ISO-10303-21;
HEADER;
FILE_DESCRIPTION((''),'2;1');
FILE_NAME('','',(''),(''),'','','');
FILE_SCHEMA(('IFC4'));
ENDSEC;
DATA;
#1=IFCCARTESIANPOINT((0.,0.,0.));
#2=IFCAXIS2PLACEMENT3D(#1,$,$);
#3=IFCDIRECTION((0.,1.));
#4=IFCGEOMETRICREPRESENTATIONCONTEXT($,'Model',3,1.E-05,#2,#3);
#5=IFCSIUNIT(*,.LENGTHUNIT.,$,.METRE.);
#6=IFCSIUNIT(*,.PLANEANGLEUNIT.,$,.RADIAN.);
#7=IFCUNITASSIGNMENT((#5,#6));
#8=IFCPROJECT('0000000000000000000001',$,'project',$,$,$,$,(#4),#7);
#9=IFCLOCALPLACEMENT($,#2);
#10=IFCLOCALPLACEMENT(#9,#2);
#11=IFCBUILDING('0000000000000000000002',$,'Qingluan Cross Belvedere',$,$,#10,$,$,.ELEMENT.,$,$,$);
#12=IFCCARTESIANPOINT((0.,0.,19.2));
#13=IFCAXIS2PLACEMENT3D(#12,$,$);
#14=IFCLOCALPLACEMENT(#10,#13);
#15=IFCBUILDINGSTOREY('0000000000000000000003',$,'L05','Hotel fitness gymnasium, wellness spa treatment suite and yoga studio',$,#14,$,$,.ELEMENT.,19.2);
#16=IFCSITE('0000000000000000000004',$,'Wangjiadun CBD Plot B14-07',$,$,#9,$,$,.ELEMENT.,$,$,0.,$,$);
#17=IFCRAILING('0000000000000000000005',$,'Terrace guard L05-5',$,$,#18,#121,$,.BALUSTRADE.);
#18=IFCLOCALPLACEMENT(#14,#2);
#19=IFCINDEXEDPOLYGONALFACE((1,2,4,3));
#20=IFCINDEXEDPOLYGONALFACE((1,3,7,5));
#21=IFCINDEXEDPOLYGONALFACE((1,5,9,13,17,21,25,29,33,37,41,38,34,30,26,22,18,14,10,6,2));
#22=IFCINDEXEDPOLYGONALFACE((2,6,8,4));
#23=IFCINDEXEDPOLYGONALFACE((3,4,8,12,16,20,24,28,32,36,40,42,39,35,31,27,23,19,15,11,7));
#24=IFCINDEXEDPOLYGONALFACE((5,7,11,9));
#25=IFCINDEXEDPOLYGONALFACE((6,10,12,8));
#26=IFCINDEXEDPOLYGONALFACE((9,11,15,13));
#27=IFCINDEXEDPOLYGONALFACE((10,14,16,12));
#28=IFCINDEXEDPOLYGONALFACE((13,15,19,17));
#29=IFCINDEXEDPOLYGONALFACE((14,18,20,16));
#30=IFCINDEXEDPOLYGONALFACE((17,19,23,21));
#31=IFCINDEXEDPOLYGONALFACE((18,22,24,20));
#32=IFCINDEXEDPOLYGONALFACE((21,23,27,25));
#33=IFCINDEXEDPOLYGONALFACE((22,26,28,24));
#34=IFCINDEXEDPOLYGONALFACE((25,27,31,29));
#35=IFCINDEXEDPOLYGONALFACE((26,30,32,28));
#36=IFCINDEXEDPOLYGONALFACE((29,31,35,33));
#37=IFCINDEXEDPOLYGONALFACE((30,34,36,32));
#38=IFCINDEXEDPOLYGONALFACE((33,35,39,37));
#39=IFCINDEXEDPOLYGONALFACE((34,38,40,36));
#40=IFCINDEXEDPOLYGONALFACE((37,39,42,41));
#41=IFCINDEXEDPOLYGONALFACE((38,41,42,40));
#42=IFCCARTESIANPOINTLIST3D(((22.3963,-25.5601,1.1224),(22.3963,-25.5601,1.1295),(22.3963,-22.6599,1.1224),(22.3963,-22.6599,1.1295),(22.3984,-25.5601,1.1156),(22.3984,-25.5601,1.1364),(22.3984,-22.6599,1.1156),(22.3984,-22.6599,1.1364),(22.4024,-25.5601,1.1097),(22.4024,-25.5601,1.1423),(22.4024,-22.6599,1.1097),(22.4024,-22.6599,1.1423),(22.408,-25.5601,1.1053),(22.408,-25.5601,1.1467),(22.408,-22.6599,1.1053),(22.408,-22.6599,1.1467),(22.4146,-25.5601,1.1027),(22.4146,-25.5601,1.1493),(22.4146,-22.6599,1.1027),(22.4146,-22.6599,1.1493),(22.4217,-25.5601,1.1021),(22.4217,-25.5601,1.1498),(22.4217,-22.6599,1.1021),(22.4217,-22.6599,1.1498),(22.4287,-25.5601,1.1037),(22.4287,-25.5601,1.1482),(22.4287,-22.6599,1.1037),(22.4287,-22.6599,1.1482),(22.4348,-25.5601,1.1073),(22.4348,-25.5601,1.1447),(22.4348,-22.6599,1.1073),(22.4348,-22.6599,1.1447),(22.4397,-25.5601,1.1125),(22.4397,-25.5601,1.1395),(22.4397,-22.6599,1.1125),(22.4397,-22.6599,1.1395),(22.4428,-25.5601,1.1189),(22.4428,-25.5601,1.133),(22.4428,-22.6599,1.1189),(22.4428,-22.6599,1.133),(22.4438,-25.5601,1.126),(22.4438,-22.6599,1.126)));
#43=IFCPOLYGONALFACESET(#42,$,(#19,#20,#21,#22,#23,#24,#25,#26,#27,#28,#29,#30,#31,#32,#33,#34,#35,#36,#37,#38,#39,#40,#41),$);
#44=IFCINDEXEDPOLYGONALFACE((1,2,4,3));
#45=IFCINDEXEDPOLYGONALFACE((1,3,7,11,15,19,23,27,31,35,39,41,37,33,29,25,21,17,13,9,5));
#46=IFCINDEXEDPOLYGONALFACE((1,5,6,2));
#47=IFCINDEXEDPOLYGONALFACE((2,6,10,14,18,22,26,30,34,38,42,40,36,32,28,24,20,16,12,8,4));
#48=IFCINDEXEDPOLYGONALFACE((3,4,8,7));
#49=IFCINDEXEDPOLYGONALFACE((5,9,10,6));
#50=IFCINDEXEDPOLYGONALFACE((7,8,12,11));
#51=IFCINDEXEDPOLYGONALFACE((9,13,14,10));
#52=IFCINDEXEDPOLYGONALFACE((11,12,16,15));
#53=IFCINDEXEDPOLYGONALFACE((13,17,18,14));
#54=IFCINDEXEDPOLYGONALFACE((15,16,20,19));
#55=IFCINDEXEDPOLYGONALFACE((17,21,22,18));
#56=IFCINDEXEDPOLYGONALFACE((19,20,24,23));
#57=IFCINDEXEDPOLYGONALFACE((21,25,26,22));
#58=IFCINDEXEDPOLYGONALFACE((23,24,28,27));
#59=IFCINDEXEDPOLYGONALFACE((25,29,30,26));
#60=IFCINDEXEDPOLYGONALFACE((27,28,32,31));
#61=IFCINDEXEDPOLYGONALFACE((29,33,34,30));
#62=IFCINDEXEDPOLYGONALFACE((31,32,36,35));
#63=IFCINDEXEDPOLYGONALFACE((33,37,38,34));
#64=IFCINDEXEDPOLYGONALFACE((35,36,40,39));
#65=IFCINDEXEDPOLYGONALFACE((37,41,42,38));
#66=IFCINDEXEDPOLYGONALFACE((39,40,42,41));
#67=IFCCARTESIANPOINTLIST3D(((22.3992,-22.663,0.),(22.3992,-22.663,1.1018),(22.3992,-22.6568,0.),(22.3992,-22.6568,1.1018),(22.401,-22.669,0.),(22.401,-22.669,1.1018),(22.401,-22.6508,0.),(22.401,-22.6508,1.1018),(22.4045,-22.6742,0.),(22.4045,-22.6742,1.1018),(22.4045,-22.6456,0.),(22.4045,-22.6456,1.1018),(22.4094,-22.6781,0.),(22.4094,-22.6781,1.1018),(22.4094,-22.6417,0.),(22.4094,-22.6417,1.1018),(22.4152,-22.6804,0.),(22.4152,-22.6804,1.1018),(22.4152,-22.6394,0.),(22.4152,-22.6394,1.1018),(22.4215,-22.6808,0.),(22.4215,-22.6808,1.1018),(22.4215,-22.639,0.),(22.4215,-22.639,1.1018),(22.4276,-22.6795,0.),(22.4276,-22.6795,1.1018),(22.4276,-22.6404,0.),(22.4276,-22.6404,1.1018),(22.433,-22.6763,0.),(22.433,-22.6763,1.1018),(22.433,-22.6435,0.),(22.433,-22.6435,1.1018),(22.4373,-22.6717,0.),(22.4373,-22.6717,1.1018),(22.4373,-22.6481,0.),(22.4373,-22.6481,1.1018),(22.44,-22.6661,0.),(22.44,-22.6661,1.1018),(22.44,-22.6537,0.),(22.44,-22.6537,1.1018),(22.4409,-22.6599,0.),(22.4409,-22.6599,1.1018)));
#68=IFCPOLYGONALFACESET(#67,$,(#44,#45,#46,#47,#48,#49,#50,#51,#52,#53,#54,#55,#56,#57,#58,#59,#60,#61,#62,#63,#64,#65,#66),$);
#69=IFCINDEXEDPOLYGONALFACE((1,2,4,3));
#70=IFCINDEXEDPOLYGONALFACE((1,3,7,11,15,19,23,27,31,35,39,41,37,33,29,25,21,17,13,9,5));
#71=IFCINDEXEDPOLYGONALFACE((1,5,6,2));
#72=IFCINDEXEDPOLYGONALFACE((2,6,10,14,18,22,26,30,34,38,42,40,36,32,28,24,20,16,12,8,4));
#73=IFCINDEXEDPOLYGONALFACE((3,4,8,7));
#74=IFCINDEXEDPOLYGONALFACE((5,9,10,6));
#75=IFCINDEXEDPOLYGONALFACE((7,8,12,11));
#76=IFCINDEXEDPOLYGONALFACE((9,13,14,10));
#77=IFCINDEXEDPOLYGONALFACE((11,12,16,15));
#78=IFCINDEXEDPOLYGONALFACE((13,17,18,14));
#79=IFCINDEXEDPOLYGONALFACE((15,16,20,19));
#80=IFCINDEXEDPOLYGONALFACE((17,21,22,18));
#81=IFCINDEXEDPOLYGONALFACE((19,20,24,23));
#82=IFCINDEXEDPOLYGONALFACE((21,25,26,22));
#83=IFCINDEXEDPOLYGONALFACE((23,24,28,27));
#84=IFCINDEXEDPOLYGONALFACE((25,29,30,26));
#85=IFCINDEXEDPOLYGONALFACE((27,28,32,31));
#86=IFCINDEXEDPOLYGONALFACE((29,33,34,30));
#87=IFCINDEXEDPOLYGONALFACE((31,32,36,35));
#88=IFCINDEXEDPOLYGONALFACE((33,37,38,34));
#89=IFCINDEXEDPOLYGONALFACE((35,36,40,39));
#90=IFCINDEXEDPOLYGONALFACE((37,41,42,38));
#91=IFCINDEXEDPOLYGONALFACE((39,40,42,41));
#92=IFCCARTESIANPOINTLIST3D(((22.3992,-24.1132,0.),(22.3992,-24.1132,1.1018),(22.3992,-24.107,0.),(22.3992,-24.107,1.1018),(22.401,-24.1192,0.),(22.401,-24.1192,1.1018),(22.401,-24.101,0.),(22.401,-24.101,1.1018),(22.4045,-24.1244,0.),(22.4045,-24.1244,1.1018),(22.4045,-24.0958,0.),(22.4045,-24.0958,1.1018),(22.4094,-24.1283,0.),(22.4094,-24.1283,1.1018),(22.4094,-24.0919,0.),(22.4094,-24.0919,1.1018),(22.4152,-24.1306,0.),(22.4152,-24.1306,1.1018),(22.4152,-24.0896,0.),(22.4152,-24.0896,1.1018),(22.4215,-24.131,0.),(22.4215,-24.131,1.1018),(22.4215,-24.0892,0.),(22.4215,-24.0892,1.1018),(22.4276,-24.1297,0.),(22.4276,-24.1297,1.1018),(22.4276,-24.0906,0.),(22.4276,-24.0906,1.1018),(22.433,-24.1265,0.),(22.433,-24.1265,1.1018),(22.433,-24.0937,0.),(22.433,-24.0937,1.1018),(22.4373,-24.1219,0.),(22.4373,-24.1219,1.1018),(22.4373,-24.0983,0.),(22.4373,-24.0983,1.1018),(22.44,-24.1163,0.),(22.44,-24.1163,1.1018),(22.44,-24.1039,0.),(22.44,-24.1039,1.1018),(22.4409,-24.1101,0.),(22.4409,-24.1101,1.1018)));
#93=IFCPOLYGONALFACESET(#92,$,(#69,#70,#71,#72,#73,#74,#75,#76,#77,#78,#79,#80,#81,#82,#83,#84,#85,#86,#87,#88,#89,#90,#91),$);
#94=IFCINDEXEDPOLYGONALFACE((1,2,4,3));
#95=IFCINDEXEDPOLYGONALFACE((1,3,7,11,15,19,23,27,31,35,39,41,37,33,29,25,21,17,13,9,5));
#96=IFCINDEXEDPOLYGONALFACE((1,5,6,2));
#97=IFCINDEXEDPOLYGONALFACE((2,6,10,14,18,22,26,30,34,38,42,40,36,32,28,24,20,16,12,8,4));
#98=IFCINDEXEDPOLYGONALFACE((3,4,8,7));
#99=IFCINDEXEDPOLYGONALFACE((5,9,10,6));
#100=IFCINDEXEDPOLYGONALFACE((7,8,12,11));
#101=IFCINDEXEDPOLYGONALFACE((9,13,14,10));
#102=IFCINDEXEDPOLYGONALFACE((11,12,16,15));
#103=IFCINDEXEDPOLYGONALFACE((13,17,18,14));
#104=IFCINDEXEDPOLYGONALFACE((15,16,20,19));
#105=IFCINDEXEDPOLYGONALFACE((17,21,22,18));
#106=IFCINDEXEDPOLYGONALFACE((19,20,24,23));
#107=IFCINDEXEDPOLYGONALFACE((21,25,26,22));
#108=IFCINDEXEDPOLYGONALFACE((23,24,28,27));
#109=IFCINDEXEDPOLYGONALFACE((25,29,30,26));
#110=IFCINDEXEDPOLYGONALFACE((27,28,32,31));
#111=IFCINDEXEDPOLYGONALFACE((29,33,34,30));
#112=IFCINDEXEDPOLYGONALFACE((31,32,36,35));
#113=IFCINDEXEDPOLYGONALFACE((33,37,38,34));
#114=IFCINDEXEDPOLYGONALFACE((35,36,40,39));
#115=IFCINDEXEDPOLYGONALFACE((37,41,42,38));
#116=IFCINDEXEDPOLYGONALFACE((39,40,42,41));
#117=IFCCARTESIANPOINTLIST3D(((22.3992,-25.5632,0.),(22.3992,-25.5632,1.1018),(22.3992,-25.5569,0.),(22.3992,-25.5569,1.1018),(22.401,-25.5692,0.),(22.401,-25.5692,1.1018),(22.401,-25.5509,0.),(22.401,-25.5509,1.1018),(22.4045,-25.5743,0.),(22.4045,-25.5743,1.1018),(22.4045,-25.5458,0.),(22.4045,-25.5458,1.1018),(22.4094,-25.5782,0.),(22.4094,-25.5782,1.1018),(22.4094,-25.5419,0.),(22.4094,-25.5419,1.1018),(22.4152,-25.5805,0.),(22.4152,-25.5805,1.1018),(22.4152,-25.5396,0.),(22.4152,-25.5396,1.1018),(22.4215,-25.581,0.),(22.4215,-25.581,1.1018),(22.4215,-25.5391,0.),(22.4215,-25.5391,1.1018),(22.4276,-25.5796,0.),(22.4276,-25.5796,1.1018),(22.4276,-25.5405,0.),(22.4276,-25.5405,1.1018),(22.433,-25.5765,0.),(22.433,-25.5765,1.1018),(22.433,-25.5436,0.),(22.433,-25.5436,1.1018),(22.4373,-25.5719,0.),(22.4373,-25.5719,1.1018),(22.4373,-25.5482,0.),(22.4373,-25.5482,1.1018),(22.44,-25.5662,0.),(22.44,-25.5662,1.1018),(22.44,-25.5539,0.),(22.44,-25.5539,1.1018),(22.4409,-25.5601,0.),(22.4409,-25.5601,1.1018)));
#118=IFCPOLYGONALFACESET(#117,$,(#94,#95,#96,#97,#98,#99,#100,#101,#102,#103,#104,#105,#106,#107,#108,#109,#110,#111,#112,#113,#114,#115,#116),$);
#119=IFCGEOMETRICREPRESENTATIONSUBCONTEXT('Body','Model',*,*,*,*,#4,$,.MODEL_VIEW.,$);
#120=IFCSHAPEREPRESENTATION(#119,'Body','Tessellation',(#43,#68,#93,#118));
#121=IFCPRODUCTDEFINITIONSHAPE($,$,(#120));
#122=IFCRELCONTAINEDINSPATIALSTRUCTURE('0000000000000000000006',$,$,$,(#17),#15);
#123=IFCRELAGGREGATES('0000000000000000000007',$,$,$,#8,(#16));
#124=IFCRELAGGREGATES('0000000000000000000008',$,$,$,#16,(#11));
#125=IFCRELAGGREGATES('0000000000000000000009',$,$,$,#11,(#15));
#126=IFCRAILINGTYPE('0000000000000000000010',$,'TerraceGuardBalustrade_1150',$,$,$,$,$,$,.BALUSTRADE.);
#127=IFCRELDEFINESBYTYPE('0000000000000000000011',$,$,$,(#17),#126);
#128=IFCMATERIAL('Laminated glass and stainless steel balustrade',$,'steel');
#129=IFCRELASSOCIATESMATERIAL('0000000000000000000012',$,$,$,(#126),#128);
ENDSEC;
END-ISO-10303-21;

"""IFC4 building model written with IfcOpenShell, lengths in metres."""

from ifc_helpers import new_model, si_unit, direction, frame, origin, origin_2d, place, context, subcontext, project, spatial, circle, extrude, material, type_object, element, save


model = new_model("IFC4")

# Units and contexts
model_context = context("Model", 3, precision=1e-05, world=origin(), true_north=direction((0.0, 1.0)))
body_context = subcontext(model_context, "Body", "Model", "MODEL_VIEW")
ifc_project = project(units=[si_unit("LENGTHUNIT", "METRE"), si_unit("PLANEANGLEUNIT", "RADIAN")], contexts=[model_context])

# Site, building, storey
site_placement = place(None, origin())
site = spatial("IfcSite", under=ifc_project, at=site_placement, Name="Wangjiadun CBD Plot B14-07", CompositionType="ELEMENT", RefElevation=0.0)
building_placement = place(site_placement, origin())
building = spatial("IfcBuilding", under=site, at=building_placement, Name="Qingluan Cross Belvedere", CompositionType="ELEMENT")
storey_placement = place(building_placement, frame((0.0, 0.0, 19.2)))
storey = spatial("IfcBuildingStorey", under=building, at=storey_placement, Name="L05", Description="Hotel fitness gymnasium, wellness spa treatment suite and yoga studio", CompositionType="ELEMENT", Elevation=19.2)

# Railing
ifc_material_1 = material(Name="Laminated glass and stainless steel balustrade", Category="steel")
railing_type = type_object("IfcRailingType", Name="TerraceGuardBalustrade_1150", PredefinedType="BALUSTRADE", material=ifc_material_1)
railing_1_placement = place(storey_placement, frame((22.4199, -22.6599, 0.0)))
element("IfcRailing", 1, at=railing_1_placement, inside=storey, type_object=railing_type, Name="Terrace guard L05-5", PredefinedType="BALUSTRADE", context=body_context, shape_type="SweptSolid", body=[
    extrude(circle(Radius=0.0239, at=origin_2d()), frame((0.0, 0.0, 1.126), z_axis=(0.0, -1.0, 0.0), x_axis=(1.0, 0.0, 0.0)), (0.0, 0.0, 1.0), 2.9001),
    extrude(circle(Radius=0.021, at=origin_2d()), origin(), (0.0, 0.0, 1.0), 1.1018),
    extrude(circle(Radius=0.021, at=origin_2d()), frame((0.0, -1.4502, 0.0)), (0.0, 0.0, 1.0), 1.1018),
    extrude(circle(Radius=0.021, at=origin_2d()), frame((0.0, -2.9001, 0.0)), (0.0, 0.0, 1.0), 1.1018),
])

save(model, "model.ifc")
